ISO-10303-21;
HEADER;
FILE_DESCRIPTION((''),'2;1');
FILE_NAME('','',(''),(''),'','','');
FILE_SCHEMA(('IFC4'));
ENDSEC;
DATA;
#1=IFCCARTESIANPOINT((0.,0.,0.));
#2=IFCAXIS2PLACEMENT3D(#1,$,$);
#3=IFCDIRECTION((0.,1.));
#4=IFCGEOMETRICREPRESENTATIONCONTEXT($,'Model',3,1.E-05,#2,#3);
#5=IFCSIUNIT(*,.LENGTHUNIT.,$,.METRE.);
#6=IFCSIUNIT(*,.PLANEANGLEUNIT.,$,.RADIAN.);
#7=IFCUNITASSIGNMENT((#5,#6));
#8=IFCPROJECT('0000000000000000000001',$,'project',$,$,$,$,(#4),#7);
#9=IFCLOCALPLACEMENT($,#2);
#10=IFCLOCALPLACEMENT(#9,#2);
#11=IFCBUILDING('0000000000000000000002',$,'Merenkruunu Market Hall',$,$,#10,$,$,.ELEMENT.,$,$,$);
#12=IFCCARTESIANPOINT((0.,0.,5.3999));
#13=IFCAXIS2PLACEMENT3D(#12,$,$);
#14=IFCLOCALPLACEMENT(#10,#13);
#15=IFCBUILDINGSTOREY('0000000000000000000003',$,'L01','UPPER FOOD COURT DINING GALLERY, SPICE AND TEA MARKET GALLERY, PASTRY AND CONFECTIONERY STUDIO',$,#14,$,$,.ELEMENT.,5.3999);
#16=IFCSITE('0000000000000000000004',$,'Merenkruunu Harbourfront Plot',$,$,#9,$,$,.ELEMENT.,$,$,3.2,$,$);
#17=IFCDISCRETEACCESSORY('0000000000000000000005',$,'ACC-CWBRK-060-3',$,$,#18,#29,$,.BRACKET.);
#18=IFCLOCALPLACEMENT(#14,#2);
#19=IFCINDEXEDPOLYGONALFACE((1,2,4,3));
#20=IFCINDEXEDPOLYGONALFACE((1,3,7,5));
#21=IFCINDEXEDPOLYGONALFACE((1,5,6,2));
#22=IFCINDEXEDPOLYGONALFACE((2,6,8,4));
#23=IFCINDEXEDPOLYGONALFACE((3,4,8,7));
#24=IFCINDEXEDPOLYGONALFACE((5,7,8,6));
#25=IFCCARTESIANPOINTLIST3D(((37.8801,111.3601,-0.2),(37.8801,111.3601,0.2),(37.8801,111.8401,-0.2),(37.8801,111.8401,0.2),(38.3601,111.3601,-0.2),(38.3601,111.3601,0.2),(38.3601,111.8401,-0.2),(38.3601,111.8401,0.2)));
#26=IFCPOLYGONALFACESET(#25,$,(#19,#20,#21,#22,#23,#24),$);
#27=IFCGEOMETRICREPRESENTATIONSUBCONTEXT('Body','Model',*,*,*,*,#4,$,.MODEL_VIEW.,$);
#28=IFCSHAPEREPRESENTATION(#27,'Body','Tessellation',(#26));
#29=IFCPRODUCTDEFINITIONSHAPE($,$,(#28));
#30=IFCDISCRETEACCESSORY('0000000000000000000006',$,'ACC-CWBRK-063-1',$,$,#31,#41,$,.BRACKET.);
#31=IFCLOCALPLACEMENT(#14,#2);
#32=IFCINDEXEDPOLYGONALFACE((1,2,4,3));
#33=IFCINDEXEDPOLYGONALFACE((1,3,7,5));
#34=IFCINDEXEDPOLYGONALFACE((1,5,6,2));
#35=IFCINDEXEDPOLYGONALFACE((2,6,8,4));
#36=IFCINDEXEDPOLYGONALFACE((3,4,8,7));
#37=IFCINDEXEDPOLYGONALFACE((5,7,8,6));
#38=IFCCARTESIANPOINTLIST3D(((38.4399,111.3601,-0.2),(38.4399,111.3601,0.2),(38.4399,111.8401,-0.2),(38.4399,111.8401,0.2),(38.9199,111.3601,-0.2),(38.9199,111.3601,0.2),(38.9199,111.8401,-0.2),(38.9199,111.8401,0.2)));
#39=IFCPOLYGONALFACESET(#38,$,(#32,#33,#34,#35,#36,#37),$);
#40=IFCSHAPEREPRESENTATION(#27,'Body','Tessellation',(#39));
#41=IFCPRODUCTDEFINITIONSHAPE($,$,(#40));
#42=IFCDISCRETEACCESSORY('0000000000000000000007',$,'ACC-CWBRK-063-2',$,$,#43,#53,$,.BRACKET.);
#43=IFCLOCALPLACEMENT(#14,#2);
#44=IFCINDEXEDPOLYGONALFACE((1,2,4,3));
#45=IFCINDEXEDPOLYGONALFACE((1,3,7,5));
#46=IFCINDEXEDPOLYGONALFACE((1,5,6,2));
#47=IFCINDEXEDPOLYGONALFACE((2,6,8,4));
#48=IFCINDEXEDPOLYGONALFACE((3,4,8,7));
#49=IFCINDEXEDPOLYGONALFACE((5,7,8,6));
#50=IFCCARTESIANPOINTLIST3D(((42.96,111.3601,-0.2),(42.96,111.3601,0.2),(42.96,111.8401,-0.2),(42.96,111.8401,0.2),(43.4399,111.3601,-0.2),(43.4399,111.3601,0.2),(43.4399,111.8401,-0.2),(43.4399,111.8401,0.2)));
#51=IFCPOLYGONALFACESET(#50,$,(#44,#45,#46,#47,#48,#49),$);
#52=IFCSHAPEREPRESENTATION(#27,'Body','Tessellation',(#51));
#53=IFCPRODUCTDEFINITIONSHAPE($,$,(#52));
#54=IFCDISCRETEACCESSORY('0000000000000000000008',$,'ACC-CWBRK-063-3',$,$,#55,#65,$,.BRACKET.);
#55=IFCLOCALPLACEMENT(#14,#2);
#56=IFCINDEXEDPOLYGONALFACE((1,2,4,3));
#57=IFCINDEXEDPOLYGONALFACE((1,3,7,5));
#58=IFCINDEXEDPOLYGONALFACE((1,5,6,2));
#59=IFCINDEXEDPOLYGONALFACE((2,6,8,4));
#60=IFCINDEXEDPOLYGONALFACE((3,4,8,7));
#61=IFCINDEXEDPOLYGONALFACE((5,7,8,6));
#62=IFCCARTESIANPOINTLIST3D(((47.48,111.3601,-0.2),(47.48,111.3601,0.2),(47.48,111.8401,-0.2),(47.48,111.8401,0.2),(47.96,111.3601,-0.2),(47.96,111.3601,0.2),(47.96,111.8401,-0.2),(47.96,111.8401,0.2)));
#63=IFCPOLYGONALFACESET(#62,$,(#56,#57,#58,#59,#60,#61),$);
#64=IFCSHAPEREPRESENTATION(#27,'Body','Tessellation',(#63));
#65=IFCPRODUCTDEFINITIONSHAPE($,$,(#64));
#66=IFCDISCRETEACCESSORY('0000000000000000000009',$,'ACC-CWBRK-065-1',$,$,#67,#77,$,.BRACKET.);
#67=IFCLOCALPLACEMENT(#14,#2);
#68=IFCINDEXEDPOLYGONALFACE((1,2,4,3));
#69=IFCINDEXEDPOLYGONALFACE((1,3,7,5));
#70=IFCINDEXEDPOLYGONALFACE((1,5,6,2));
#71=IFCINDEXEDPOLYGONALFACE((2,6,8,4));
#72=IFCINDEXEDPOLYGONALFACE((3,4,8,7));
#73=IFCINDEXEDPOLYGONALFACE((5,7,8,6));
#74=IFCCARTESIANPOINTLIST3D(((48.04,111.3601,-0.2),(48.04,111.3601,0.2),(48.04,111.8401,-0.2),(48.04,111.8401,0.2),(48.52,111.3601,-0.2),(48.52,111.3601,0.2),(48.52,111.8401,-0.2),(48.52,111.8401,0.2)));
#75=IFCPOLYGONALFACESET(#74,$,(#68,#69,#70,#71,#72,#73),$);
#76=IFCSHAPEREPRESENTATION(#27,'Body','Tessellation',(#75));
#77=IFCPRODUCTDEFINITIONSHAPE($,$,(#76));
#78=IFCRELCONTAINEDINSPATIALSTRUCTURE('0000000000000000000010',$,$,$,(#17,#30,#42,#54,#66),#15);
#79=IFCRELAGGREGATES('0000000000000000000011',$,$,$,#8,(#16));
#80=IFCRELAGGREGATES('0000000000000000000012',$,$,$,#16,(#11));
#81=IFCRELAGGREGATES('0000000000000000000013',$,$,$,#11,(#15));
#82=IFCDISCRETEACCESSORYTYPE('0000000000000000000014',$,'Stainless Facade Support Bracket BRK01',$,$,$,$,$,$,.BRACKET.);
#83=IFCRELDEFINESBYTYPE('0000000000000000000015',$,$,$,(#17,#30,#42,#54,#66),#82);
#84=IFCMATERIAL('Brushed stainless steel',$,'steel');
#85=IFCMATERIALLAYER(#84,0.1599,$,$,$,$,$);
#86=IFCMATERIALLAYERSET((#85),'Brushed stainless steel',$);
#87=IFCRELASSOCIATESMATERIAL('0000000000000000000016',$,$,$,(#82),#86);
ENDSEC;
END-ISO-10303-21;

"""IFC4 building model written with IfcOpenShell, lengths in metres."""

from ifc_helpers import new_model, si_unit, direction, frame, origin, origin_2d, place, context, subcontext, project, spatial, rectangle, extrude, material, layer, layer_set, type_object, element, save


model = new_model("IFC4")

# Units and contexts
model_context = context("Model", 3, precision=1e-05, world=origin(), true_north=direction((0.0, 1.0)))
body_context = subcontext(model_context, "Body", "Model", "MODEL_VIEW")
ifc_project = project(units=[si_unit("LENGTHUNIT", "METRE"), si_unit("PLANEANGLEUNIT", "RADIAN")], contexts=[model_context])

# Site, building, storey
site_placement = place(None, origin())
site = spatial("IfcSite", under=ifc_project, at=site_placement, Name="Merenkruunu Harbourfront Plot", CompositionType="ELEMENT", RefElevation=3.2)
building_placement = place(site_placement, origin())
building = spatial("IfcBuilding", under=site, at=building_placement, Name="Merenkruunu Market Hall", CompositionType="ELEMENT")
storey_placement = place(building_placement, frame((0.0, 0.0, 5.3999)))
storey = spatial("IfcBuildingStorey", under=building, at=storey_placement, Name="L01", Description="UPPER FOOD COURT DINING GALLERY, SPICE AND TEA MARKET GALLERY, PASTRY AND CONFECTIONERY STUDIO", CompositionType="ELEMENT", Elevation=5.3999)

# Discrete accessories
ifc_material_1 = material(Name="Brushed stainless steel", Category="steel")
ifc_layer_1 = layer(ifc_material_1, 0.1599)
ifc_layer_set_1 = layer_set([ifc_layer_1], Name="Brushed stainless steel")
discrete_accessory_type = type_object("IfcDiscreteAccessoryType", Name="Stainless Facade Support Bracket BRK01", PredefinedType="BRACKET", material=ifc_layer_set_1)
for number, where, z_axis, x_axis, name in (
    (1, (38.1201, 111.6001, -0.2), (0.0, 0.0, 1.0), (1.0, 0.0, 0.0), "ACC-CWBRK-060-3"),
    (2, (38.6799, 111.6001, -0.2), (0.0, 0.0, 1.0), (1.0, 0.0, 0.0), "ACC-CWBRK-063-1"),
    (3, (43.2, 111.6001, -0.2), (0.0, 0.0, 1.0), (1.0, 0.0, 0.0), "ACC-CWBRK-063-2"),
    (4, (47.72, 111.6001, -0.2), (0.0, 0.0, 1.0), (1.0, 0.0, 0.0), "ACC-CWBRK-063-3"),
    (5, (48.28, 111.6001, -0.2), (0.0, 0.0, 1.0), (1.0, 0.0, 0.0), "ACC-CWBRK-065-1"),
):
    element("IfcDiscreteAccessory", number, at=place(storey_placement, frame(where, z_axis=z_axis, x_axis=x_axis)), inside=storey, type_object=discrete_accessory_type, Name=name, PredefinedType="BRACKET", context=body_context, shape_type="SweptSolid", body=[
        extrude(rectangle(XDim=0.48, YDim=0.48, at=origin_2d()), origin(), (0.0, 0.0, 1.0), 0.3999),
    ])

save(model, "model.ifc")
